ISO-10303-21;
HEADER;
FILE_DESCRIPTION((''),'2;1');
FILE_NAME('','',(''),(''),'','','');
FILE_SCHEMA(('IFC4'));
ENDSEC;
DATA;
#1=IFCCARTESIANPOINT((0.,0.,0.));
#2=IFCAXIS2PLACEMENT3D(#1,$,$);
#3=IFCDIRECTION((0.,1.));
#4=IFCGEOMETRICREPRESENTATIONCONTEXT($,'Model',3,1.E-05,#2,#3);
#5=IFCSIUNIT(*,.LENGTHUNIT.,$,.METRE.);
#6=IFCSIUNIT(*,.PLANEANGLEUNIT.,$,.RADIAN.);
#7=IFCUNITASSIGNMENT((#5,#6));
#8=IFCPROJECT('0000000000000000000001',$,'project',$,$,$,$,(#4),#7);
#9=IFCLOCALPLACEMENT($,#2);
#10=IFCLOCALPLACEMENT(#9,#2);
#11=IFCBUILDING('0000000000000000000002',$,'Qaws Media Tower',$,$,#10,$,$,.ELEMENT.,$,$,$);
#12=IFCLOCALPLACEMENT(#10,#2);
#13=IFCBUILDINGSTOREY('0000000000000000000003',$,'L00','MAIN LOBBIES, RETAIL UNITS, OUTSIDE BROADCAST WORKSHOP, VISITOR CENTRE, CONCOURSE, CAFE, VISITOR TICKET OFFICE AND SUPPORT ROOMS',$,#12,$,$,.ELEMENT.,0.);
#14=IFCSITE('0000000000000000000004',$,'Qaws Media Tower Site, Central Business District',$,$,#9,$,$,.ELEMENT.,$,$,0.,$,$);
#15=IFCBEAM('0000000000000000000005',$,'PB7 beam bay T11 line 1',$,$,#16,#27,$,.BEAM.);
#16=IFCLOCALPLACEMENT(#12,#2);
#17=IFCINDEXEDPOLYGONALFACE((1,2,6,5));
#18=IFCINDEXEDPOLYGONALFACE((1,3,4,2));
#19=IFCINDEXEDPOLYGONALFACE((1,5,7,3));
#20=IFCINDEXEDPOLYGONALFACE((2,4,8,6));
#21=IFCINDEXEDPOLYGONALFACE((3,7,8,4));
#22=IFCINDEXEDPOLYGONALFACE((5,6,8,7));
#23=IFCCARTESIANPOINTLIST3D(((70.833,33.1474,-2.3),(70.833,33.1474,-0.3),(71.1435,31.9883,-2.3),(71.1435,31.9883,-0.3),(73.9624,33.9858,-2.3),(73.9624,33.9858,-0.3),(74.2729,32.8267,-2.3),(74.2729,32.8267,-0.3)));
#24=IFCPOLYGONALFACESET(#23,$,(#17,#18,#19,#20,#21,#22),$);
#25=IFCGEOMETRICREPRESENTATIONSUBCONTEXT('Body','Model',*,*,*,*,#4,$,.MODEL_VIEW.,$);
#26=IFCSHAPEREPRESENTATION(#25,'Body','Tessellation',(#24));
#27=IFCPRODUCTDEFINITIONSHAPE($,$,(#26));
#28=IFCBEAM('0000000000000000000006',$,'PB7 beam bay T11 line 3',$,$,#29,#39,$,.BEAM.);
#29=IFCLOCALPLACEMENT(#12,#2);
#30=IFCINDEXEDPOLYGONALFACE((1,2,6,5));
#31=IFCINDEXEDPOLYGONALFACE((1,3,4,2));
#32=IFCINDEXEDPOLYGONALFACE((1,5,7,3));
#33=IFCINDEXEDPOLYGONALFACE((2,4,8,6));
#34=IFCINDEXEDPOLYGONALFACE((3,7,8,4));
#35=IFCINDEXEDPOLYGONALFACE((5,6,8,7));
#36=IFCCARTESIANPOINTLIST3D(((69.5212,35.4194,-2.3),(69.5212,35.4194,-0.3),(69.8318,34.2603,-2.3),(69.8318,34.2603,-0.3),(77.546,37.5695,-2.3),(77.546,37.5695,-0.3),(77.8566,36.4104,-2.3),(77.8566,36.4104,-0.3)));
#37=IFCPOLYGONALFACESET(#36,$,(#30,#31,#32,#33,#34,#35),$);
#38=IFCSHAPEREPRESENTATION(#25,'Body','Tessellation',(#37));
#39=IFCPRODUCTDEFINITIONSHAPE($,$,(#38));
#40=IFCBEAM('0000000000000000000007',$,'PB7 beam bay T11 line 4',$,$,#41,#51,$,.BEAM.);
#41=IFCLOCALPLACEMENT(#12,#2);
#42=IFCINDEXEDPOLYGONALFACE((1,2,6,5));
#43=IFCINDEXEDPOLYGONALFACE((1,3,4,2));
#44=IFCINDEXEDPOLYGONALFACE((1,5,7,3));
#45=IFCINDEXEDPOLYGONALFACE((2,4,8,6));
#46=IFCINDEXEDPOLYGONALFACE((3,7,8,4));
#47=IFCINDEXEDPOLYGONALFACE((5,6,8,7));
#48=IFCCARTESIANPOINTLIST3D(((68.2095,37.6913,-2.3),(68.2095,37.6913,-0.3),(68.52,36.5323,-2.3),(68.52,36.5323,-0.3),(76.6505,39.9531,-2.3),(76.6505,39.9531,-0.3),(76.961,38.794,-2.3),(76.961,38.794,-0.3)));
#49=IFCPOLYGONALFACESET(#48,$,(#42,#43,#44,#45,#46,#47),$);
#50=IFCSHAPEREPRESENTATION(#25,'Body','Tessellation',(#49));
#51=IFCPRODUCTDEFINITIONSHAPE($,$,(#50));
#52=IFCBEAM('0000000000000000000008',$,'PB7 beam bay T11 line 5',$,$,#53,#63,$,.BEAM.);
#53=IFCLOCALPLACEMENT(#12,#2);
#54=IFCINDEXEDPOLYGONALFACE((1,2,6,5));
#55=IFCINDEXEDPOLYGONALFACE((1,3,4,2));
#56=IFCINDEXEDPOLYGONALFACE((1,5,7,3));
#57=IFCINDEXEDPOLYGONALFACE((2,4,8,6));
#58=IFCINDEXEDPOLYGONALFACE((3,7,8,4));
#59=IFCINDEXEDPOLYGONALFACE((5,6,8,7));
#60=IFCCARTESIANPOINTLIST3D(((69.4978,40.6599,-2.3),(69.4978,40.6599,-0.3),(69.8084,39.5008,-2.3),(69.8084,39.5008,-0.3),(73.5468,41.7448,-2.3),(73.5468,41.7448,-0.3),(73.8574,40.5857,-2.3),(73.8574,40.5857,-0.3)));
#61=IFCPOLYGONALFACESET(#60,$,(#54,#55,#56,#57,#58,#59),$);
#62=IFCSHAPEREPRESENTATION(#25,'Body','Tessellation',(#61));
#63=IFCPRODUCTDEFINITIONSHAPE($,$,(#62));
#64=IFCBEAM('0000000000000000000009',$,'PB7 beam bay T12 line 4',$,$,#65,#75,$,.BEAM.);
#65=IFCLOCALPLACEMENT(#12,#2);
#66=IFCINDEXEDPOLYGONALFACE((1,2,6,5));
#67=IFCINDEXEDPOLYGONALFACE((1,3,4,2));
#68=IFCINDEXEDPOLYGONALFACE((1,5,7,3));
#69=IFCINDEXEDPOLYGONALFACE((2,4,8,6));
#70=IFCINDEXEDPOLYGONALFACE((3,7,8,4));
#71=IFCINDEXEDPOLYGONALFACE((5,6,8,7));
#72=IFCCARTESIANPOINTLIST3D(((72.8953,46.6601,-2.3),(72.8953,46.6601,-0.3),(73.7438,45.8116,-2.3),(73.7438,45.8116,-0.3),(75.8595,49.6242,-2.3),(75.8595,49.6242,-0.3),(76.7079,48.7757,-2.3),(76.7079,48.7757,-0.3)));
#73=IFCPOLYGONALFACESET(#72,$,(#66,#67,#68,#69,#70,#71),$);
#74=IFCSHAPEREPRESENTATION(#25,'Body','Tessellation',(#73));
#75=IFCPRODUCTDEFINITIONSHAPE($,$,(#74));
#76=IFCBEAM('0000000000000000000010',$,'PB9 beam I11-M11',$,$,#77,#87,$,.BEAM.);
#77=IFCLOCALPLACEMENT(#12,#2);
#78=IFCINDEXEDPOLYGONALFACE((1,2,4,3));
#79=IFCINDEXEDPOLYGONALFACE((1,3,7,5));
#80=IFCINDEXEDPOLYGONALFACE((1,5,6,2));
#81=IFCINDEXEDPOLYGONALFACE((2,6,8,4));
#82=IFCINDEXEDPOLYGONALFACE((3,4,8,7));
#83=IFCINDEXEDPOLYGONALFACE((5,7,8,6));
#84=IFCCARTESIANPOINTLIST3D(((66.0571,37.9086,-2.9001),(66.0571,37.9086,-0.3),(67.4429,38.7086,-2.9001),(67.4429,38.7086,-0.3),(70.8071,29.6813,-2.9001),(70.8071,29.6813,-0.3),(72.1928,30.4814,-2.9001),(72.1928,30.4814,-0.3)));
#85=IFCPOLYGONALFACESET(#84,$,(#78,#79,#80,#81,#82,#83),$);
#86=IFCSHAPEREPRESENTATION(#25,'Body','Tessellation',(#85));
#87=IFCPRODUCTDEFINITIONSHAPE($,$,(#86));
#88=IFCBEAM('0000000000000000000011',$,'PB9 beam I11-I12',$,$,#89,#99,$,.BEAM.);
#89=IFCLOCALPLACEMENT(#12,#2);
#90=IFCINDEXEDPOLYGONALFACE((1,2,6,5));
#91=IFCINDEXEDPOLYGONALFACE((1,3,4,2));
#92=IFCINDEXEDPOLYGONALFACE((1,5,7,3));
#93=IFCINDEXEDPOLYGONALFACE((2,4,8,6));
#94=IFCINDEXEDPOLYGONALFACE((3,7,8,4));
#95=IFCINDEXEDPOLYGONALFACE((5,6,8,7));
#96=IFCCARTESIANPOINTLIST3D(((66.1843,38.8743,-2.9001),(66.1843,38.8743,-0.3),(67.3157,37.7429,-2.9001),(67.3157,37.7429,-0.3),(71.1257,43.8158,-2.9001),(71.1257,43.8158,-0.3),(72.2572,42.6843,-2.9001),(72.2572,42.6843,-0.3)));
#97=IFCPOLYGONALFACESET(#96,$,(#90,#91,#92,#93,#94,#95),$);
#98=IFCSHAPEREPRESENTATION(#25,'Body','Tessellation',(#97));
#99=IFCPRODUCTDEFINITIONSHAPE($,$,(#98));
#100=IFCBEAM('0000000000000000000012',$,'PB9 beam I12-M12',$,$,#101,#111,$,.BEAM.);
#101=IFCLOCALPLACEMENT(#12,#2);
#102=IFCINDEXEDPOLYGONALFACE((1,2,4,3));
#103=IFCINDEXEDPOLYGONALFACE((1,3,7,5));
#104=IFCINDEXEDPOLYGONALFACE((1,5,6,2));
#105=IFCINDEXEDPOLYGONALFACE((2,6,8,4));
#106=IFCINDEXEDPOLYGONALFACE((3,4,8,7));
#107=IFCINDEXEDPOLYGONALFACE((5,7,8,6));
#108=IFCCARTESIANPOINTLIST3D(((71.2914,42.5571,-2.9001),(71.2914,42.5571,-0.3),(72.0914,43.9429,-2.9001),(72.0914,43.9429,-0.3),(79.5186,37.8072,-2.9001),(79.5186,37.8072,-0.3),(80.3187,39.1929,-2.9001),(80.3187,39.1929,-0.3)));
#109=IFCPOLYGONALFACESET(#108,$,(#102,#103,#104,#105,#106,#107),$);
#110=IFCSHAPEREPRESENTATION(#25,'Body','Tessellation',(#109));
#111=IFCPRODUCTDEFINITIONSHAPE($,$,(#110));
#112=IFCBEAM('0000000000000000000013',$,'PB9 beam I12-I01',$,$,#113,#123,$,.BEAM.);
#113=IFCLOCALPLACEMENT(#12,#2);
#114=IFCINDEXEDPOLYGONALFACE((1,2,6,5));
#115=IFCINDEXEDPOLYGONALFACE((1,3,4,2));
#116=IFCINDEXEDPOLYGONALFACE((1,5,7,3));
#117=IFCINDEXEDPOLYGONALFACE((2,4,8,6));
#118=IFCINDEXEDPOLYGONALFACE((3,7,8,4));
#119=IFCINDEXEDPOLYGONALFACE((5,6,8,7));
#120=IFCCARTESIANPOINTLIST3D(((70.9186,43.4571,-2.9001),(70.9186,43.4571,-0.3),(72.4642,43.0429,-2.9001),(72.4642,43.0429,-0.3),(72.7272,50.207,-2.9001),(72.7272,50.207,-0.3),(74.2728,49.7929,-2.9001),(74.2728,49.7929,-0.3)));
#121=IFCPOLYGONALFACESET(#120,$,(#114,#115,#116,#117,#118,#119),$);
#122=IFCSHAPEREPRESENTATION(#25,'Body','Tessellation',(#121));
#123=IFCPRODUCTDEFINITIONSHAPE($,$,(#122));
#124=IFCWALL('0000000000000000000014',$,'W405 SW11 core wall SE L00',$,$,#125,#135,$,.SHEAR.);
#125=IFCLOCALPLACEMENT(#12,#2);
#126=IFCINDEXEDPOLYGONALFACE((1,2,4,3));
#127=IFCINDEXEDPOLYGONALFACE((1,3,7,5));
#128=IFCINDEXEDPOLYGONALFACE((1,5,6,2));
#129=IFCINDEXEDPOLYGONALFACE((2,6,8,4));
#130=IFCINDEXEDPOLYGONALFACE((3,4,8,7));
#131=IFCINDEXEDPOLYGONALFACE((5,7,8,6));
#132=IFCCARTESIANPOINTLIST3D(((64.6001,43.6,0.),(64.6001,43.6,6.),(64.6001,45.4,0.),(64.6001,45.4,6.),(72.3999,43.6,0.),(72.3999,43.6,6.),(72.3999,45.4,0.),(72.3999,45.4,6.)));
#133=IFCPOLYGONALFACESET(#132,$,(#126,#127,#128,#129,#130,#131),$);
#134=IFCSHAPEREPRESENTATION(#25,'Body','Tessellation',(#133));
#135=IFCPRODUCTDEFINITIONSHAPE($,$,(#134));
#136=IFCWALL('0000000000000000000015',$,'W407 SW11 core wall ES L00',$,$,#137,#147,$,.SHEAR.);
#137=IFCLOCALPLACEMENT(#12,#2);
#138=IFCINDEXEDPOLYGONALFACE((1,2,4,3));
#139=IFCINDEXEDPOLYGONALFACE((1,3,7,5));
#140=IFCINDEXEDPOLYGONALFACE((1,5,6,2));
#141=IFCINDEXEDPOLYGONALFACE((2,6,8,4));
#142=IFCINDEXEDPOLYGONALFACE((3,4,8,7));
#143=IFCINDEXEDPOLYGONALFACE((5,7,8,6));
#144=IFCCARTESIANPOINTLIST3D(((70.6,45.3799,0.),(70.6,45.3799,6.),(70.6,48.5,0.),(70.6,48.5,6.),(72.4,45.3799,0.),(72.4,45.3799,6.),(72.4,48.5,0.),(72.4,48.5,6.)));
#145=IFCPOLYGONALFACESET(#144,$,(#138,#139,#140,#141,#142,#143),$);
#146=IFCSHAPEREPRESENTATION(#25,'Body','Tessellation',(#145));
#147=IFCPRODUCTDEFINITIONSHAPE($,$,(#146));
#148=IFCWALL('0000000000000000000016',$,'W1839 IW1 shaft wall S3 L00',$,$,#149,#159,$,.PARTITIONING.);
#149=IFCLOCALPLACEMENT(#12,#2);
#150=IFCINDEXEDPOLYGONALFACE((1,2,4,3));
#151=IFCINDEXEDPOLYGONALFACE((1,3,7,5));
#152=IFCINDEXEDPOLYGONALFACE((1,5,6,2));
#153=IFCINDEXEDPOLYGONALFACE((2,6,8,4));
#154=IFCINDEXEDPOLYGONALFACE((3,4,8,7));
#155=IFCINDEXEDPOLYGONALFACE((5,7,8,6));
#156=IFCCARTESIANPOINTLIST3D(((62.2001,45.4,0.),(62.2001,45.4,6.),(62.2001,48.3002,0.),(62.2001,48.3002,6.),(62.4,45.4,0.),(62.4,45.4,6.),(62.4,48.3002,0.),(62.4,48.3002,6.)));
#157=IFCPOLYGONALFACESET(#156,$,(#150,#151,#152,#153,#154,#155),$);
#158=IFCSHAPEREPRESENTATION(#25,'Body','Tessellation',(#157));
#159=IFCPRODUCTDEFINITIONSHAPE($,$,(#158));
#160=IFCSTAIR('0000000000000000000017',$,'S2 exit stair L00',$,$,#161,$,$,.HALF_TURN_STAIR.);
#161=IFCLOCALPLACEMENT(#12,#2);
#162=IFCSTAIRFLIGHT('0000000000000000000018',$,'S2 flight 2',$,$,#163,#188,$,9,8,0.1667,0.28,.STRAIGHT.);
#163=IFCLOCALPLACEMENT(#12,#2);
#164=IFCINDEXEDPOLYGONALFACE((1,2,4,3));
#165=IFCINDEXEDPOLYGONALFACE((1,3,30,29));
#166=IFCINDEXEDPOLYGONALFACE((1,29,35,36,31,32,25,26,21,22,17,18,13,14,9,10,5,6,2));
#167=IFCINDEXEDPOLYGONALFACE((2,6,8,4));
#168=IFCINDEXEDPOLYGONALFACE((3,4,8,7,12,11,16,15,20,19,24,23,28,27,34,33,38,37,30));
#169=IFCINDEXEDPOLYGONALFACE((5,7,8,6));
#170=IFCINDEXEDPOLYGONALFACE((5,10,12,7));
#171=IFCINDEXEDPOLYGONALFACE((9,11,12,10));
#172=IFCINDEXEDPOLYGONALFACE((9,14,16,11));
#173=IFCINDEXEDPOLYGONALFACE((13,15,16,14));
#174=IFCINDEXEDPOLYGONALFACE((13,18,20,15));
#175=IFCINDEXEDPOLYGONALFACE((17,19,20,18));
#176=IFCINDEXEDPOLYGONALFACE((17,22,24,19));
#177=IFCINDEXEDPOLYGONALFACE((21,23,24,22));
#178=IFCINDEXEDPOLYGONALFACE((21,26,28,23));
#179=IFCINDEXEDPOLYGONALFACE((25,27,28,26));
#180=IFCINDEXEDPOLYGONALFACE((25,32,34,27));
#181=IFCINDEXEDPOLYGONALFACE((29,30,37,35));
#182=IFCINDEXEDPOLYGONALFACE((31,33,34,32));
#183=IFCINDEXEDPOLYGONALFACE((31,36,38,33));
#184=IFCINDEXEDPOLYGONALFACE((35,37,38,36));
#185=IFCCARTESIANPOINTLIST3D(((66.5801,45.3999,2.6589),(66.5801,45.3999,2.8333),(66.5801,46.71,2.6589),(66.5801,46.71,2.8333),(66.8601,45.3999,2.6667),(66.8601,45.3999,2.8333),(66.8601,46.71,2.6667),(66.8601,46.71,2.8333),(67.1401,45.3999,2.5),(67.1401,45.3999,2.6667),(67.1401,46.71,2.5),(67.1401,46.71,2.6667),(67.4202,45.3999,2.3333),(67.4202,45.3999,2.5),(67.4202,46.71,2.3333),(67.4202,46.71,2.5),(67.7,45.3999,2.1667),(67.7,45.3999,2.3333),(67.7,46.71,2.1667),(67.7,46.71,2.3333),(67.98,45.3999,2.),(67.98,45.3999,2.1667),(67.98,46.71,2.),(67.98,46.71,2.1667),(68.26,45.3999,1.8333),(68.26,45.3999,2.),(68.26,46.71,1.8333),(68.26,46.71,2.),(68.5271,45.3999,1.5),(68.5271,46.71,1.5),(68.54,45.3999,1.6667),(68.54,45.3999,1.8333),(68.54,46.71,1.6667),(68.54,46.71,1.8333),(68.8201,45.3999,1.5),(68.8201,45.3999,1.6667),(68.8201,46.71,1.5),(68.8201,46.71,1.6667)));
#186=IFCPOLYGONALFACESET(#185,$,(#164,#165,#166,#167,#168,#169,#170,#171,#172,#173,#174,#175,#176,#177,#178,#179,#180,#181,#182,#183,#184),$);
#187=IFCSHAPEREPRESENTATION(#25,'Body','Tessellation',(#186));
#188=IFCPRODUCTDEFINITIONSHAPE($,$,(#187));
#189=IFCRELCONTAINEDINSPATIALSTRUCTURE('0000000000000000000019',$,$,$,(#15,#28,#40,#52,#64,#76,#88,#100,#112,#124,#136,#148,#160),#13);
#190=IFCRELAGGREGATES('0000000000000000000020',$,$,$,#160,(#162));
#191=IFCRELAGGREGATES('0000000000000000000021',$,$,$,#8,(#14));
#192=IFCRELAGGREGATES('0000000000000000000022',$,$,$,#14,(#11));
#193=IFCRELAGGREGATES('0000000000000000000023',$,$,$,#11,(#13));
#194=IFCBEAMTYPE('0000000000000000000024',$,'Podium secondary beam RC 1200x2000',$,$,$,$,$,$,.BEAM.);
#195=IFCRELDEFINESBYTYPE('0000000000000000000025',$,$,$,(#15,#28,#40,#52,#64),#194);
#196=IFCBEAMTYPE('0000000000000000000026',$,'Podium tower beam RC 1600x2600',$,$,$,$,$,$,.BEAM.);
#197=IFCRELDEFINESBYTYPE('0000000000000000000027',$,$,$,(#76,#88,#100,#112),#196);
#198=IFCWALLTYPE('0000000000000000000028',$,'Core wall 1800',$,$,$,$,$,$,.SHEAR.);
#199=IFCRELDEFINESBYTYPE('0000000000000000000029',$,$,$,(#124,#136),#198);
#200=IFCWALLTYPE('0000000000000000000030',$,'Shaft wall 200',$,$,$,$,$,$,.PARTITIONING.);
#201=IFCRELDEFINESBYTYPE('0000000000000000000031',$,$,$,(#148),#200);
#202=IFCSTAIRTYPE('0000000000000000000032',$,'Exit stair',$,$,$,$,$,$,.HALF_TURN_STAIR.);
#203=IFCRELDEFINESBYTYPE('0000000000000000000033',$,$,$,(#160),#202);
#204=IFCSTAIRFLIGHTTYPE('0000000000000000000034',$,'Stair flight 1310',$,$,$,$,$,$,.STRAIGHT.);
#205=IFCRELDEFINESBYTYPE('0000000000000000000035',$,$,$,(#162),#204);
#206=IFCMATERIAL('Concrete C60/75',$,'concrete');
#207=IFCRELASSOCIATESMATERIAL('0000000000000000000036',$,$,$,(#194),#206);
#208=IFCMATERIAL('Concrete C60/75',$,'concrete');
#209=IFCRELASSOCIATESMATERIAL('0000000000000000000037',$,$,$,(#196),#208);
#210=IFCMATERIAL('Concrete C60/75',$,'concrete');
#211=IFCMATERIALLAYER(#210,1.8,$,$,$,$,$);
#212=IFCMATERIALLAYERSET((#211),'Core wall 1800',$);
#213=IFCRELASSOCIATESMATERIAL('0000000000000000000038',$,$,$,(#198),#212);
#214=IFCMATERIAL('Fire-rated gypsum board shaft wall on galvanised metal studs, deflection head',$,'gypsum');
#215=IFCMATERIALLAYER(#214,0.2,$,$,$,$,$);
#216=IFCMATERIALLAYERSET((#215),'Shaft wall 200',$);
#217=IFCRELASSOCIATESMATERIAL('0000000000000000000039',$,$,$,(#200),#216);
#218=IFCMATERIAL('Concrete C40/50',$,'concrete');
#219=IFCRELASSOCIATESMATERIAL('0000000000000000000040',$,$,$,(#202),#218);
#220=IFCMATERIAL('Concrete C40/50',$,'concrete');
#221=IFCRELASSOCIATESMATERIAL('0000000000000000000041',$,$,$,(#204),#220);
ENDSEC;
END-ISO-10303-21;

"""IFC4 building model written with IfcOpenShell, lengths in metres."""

from ifc_helpers import new_model, si_unit, direction, frame, frame_2d, origin, origin_2d, place, context, subcontext, project, spatial, polyline, rectangle, outline, extrude, material, layer, layer_set, material_profile, profile_set, type_object, element, aggregate, save


model = new_model("IFC4")

# Units and contexts
model_context = context("Model", 3, precision=1e-05, world=origin(), true_north=direction((0.0, 1.0)))
body_context = subcontext(model_context, "Body", "Model", "MODEL_VIEW")
ifc_project = project(units=[si_unit("LENGTHUNIT", "METRE"), si_unit("PLANEANGLEUNIT", "RADIAN")], contexts=[model_context])

# Site, building, storey
site_placement = place(None, origin())
site = spatial("IfcSite", under=ifc_project, at=site_placement, Name="Qaws Media Tower Site, Central Business District", CompositionType="ELEMENT", RefElevation=0.0)
building_placement = place(site_placement, origin())
building = spatial("IfcBuilding", under=site, at=building_placement, Name="Qaws Media Tower", CompositionType="ELEMENT")
storey_placement = place(building_placement, origin())
storey = spatial("IfcBuildingStorey", under=building, at=storey_placement, Name="L00", Description="MAIN LOBBIES, RETAIL UNITS, OUTSIDE BROADCAST WORKSHOP, VISITOR CENTRE, CONCOURSE, CAFE, VISITOR TICKET OFFICE AND SUPPORT ROOMS", CompositionType="ELEMENT", Elevation=0.0)

# Beams
ifc_material_1 = material(Name="Concrete C60/75", Category="concrete")
ifc_material_profile_1 = material_profile(ifc_material_1, rectangle(XDim=1.2, YDim=2.0, at=origin_2d()), Name="RC 1200x2000")
ifc_profile_set_1 = profile_set([ifc_material_profile_1], Name="Concrete C60/75")
beam_type_1 = type_object("IfcBeamType", Name="Podium secondary beam RC 1200x2000", PredefinedType="BEAM", material=ifc_profile_set_1)
beam_1_placement = place(storey_placement, frame((70.9883, 32.5679, -1.3), z_axis=(0.965937, 0.258779, 0.0), x_axis=(-0.258779, 0.965937, 0.0)))
element("IfcBeam", 1, at=beam_1_placement, inside=storey, type_object=beam_type_1, Name="PB7 beam bay T11 line 1", PredefinedType="BEAM", context=body_context, shape_type="SweptSolid", body=[
    extrude(rectangle(XDim=1.2, YDim=2.0, at=origin_2d()), origin(), (0.0, 0.0, 1.0), 3.2397),
])
beam_2_placement = place(storey_placement, frame((69.6765, 34.8398, -1.3), z_axis=(0.965929, 0.258806, 0.0), x_axis=(-0.258806, 0.965929, 0.0)))
element("IfcBeam", 2, at=beam_2_placement, inside=storey, type_object=beam_type_1, Name="PB7 beam bay T11 line 3", PredefinedType="BEAM", context=body_context, shape_type="SweptSolid", body=[
    extrude(rectangle(XDim=1.2, YDim=2.0, at=origin_2d()), origin(), (0.0, 0.0, 1.0), 8.3079),
])
beam_3_placement = place(storey_placement, frame((68.3647, 37.1118, -1.3), z_axis=(0.965926, 0.258817, 0.0), x_axis=(-0.258817, 0.965926, 0.0)))
element("IfcBeam", 3, at=beam_3_placement, inside=storey, type_object=beam_type_1, Name="PB7 beam bay T11 line 4", PredefinedType="BEAM", context=body_context, shape_type="SweptSolid", body=[
    extrude(rectangle(XDim=1.2, YDim=2.0, at=origin_2d()), origin(), (0.0, 0.0, 1.0), 8.7388),
])
for number, where, z_axis, x_axis, name in (
    (4, (69.6531, 40.0803, -1.3), (0.965925, 0.258822, 0.0), (-0.258822, 0.965925, 0.0), "PB7 beam bay T11 line 5"),
    (5, (73.3196, 46.2358, -1.3), (0.707107, 0.707107, 0.0), (-0.707107, 0.707107, 0.0), "PB7 beam bay T12 line 4"),
):
    element("IfcBeam", number, at=place(storey_placement, frame(where, z_axis=z_axis, x_axis=x_axis)), inside=storey, type_object=beam_type_1, Name=name, PredefinedType="BEAM", context=body_context, shape_type="SweptSolid", body=[
        extrude(rectangle(XDim=1.2, YDim=2.0, at=origin_2d()), origin(), (0.0, 0.0, 1.0), 4.1919),
    ])
ifc_material_2 = material(Name="Concrete C60/75", Category="concrete")
ifc_material_profile_2 = material_profile(ifc_material_2, rectangle(XDim=1.6001, YDim=2.6001, at=origin_2d()), Name="RC 1600x2600")
ifc_profile_set_2 = profile_set([ifc_material_profile_2], Name="Concrete C60/75")
beam_type_2 = type_object("IfcBeamType", Name="Podium tower beam RC 1600x2600", PredefinedType="BEAM", material=ifc_profile_set_2)
beam_4_placement = place(storey_placement, frame((66.75, 38.3086, -1.6001), z_axis=(0.499998, -0.866027, 0.0), x_axis=(0.866027, 0.499998, 0.0)))
element("IfcBeam", 6, at=beam_4_placement, inside=storey, type_object=beam_type_2, Name="PB9 beam I11-M11", PredefinedType="BEAM", context=body_context, shape_type="SweptSolid", body=[
    extrude(rectangle(XDim=1.6001, YDim=2.6001, at=origin_2d()), origin(), (0.0, 0.0, 1.0), 9.5),
])
beam_5_placement = place(storey_placement, frame((66.75, 38.3086, -1.6001), z_axis=(0.707107, 0.707107, 0.0), x_axis=(-0.707107, 0.707107, 0.0)))
element("IfcBeam", 7, at=beam_5_placement, inside=storey, type_object=beam_type_2, Name="PB9 beam I11-I12", PredefinedType="BEAM", context=body_context, shape_type="SweptSolid", body=[
    extrude(rectangle(XDim=1.6001, YDim=2.6001, at=origin_2d()), origin(), (0.0, 0.0, 1.0), 6.9883),
])
beam_6_placement = place(storey_placement, frame((71.6914, 43.25, -1.6001), z_axis=(0.866027, -0.499998, 0.0), x_axis=(0.499998, 0.866027, 0.0)))
element("IfcBeam", 8, at=beam_6_placement, inside=storey, type_object=beam_type_2, Name="PB9 beam I12-M12", PredefinedType="BEAM", context=body_context, shape_type="SweptSolid", body=[
    extrude(rectangle(XDim=1.6001, YDim=2.6001, at=origin_2d()), origin(), (0.0, 0.0, 1.0), 9.5),
])
beam_7_placement = place(storey_placement, frame((71.6914, 43.25, -1.6001), z_axis=(0.258811, 0.965928, 0.0), x_axis=(-0.965928, 0.258811, 0.0)))
element("IfcBeam", 9, at=beam_7_placement, inside=storey, type_object=beam_type_2, Name="PB9 beam I12-I01", PredefinedType="BEAM", context=body_context, shape_type="SweptSolid", body=[
    extrude(rectangle(XDim=1.6001, YDim=2.6001, at=origin_2d()), origin(), (0.0, 0.0, 1.0), 6.988),
])

# Walls
ifc_material_3 = material(Name="Concrete C60/75", Category="concrete")
ifc_layer_1 = layer(ifc_material_3, 1.8)
ifc_layer_set_1 = layer_set([ifc_layer_1], Name="Core wall 1800")
wall_type_1 = type_object("IfcWallType", Name="Core wall 1800", PredefinedType="SHEAR", material=ifc_layer_set_1)
wall_1_placement = place(storey_placement, frame((64.6001, 44.5, 0.0), z_axis=(0.0, 0.0, 1.0), x_axis=(1.0, 0.0, 0.0)))
element("IfcWall", 10, at=wall_1_placement, inside=storey, type_object=wall_type_1, Name="W405 SW11 core wall SE L00", PredefinedType="SHEAR", context=body_context, shape_type="SweptSolid", body=[
    extrude(rectangle(XDim=7.7998, YDim=1.8, at=frame_2d((3.8999, 0.0))), origin(), (0.0, 0.0, 1.0), 6.0),
])
wall_2_placement = place(storey_placement, frame((71.5, 45.3799, 0.0), z_axis=(0.0, 0.0, 1.0), x_axis=(0.0, 1.0, 0.0)))
element("IfcWall", 11, at=wall_2_placement, inside=storey, type_object=wall_type_1, Name="W407 SW11 core wall ES L00", PredefinedType="SHEAR", context=body_context, shape_type="SweptSolid", body=[
    extrude(rectangle(XDim=3.1201, YDim=1.8, at=frame_2d((1.5601, 0.0))), origin(), (0.0, 0.0, 1.0), 6.0),
])
ifc_material_4 = material(Name="Fire-rated gypsum board shaft wall on galvanised metal studs, deflection head", Category="gypsum")
ifc_layer_2 = layer(ifc_material_4, 0.2)
ifc_layer_set_2 = layer_set([ifc_layer_2], Name="Shaft wall 200")
wall_type_2 = type_object("IfcWallType", Name="Shaft wall 200", PredefinedType="PARTITIONING", material=ifc_layer_set_2)
wall_3_placement = place(storey_placement, frame((62.3, 45.3999, 0.0), z_axis=(0.0, 0.0, 1.0), x_axis=(0.0, 1.0, 0.0)))
element("IfcWall", 12, at=wall_3_placement, inside=storey, type_object=wall_type_2, Name="W1839 IW1 shaft wall S3 L00", PredefinedType="PARTITIONING", context=body_context, shape_type="SweptSolid", body=[
    extrude(rectangle(XDim=2.9001, YDim=0.2, at=frame_2d((1.4502, 0.0))), origin(), (0.0, 0.0, 1.0), 6.0),
])

# Stair, stair flight
ifc_material_5 = material(Name="Concrete C40/50", Category="concrete")
stair_type = type_object("IfcStairType", Name="Exit stair", PredefinedType="HALF_TURN_STAIR", material=ifc_material_5)
stair_placement = place(storey_placement, origin())
stair = element("IfcStair", 13, at=stair_placement, inside=storey, type_object=stair_type, Name="S2 exit stair L00", PredefinedType="HALF_TURN_STAIR")
ifc_material_6 = material(Name="Concrete C40/50", Category="concrete")
stair_flight_type = type_object("IfcStairFlightType", Name="Stair flight 1310", PredefinedType="STRAIGHT", material=ifc_material_6)
stair_flight_1_placement = place(storey_placement, frame((68.8201, 46.0549, 1.5), z_axis=(0.0, 0.0, 1.0), x_axis=(-1.0, 0.0, 0.0)))
stair_flight_1 = element("IfcStairFlight", 14, at=stair_flight_1_placement, type_object=stair_flight_type, Name="S2 flight 2", NumberOfRisers=9, NumberOfTreads=8, PredefinedType="STRAIGHT", RiserHeight=0.1667, TreadLength=0.28, context=body_context, shape_type="SweptSolid", body=[
    extrude(outline(polyline([(0.0, 0.0), (0.0, 0.1667), (0.28, 0.1667), (0.28, 0.3333), (0.5601, 0.3333), (0.5601, 0.5), (0.8401, 0.5), (0.8401, 0.6667), (1.1201, 0.6667), (1.1201, 0.8333), (1.3999, 0.8333), (1.3999, 1.0), (1.6799, 1.0), (1.6799, 1.1667), (1.96, 1.1667), (1.96, 1.3333), (2.24, 1.3333), (2.24, 1.5), (2.24, 1.1589), (0.293, 0.0), (0.0, 0.0)])), frame((0.0, 0.655, 0.0), z_axis=(0.0, -1.0, 0.0), x_axis=(1.0, 0.0, 0.0)), (0.0, 0.0, 1.0), 1.3101),
])
aggregate(stair, [stair_flight_1])

save(model, "model.ifc")
